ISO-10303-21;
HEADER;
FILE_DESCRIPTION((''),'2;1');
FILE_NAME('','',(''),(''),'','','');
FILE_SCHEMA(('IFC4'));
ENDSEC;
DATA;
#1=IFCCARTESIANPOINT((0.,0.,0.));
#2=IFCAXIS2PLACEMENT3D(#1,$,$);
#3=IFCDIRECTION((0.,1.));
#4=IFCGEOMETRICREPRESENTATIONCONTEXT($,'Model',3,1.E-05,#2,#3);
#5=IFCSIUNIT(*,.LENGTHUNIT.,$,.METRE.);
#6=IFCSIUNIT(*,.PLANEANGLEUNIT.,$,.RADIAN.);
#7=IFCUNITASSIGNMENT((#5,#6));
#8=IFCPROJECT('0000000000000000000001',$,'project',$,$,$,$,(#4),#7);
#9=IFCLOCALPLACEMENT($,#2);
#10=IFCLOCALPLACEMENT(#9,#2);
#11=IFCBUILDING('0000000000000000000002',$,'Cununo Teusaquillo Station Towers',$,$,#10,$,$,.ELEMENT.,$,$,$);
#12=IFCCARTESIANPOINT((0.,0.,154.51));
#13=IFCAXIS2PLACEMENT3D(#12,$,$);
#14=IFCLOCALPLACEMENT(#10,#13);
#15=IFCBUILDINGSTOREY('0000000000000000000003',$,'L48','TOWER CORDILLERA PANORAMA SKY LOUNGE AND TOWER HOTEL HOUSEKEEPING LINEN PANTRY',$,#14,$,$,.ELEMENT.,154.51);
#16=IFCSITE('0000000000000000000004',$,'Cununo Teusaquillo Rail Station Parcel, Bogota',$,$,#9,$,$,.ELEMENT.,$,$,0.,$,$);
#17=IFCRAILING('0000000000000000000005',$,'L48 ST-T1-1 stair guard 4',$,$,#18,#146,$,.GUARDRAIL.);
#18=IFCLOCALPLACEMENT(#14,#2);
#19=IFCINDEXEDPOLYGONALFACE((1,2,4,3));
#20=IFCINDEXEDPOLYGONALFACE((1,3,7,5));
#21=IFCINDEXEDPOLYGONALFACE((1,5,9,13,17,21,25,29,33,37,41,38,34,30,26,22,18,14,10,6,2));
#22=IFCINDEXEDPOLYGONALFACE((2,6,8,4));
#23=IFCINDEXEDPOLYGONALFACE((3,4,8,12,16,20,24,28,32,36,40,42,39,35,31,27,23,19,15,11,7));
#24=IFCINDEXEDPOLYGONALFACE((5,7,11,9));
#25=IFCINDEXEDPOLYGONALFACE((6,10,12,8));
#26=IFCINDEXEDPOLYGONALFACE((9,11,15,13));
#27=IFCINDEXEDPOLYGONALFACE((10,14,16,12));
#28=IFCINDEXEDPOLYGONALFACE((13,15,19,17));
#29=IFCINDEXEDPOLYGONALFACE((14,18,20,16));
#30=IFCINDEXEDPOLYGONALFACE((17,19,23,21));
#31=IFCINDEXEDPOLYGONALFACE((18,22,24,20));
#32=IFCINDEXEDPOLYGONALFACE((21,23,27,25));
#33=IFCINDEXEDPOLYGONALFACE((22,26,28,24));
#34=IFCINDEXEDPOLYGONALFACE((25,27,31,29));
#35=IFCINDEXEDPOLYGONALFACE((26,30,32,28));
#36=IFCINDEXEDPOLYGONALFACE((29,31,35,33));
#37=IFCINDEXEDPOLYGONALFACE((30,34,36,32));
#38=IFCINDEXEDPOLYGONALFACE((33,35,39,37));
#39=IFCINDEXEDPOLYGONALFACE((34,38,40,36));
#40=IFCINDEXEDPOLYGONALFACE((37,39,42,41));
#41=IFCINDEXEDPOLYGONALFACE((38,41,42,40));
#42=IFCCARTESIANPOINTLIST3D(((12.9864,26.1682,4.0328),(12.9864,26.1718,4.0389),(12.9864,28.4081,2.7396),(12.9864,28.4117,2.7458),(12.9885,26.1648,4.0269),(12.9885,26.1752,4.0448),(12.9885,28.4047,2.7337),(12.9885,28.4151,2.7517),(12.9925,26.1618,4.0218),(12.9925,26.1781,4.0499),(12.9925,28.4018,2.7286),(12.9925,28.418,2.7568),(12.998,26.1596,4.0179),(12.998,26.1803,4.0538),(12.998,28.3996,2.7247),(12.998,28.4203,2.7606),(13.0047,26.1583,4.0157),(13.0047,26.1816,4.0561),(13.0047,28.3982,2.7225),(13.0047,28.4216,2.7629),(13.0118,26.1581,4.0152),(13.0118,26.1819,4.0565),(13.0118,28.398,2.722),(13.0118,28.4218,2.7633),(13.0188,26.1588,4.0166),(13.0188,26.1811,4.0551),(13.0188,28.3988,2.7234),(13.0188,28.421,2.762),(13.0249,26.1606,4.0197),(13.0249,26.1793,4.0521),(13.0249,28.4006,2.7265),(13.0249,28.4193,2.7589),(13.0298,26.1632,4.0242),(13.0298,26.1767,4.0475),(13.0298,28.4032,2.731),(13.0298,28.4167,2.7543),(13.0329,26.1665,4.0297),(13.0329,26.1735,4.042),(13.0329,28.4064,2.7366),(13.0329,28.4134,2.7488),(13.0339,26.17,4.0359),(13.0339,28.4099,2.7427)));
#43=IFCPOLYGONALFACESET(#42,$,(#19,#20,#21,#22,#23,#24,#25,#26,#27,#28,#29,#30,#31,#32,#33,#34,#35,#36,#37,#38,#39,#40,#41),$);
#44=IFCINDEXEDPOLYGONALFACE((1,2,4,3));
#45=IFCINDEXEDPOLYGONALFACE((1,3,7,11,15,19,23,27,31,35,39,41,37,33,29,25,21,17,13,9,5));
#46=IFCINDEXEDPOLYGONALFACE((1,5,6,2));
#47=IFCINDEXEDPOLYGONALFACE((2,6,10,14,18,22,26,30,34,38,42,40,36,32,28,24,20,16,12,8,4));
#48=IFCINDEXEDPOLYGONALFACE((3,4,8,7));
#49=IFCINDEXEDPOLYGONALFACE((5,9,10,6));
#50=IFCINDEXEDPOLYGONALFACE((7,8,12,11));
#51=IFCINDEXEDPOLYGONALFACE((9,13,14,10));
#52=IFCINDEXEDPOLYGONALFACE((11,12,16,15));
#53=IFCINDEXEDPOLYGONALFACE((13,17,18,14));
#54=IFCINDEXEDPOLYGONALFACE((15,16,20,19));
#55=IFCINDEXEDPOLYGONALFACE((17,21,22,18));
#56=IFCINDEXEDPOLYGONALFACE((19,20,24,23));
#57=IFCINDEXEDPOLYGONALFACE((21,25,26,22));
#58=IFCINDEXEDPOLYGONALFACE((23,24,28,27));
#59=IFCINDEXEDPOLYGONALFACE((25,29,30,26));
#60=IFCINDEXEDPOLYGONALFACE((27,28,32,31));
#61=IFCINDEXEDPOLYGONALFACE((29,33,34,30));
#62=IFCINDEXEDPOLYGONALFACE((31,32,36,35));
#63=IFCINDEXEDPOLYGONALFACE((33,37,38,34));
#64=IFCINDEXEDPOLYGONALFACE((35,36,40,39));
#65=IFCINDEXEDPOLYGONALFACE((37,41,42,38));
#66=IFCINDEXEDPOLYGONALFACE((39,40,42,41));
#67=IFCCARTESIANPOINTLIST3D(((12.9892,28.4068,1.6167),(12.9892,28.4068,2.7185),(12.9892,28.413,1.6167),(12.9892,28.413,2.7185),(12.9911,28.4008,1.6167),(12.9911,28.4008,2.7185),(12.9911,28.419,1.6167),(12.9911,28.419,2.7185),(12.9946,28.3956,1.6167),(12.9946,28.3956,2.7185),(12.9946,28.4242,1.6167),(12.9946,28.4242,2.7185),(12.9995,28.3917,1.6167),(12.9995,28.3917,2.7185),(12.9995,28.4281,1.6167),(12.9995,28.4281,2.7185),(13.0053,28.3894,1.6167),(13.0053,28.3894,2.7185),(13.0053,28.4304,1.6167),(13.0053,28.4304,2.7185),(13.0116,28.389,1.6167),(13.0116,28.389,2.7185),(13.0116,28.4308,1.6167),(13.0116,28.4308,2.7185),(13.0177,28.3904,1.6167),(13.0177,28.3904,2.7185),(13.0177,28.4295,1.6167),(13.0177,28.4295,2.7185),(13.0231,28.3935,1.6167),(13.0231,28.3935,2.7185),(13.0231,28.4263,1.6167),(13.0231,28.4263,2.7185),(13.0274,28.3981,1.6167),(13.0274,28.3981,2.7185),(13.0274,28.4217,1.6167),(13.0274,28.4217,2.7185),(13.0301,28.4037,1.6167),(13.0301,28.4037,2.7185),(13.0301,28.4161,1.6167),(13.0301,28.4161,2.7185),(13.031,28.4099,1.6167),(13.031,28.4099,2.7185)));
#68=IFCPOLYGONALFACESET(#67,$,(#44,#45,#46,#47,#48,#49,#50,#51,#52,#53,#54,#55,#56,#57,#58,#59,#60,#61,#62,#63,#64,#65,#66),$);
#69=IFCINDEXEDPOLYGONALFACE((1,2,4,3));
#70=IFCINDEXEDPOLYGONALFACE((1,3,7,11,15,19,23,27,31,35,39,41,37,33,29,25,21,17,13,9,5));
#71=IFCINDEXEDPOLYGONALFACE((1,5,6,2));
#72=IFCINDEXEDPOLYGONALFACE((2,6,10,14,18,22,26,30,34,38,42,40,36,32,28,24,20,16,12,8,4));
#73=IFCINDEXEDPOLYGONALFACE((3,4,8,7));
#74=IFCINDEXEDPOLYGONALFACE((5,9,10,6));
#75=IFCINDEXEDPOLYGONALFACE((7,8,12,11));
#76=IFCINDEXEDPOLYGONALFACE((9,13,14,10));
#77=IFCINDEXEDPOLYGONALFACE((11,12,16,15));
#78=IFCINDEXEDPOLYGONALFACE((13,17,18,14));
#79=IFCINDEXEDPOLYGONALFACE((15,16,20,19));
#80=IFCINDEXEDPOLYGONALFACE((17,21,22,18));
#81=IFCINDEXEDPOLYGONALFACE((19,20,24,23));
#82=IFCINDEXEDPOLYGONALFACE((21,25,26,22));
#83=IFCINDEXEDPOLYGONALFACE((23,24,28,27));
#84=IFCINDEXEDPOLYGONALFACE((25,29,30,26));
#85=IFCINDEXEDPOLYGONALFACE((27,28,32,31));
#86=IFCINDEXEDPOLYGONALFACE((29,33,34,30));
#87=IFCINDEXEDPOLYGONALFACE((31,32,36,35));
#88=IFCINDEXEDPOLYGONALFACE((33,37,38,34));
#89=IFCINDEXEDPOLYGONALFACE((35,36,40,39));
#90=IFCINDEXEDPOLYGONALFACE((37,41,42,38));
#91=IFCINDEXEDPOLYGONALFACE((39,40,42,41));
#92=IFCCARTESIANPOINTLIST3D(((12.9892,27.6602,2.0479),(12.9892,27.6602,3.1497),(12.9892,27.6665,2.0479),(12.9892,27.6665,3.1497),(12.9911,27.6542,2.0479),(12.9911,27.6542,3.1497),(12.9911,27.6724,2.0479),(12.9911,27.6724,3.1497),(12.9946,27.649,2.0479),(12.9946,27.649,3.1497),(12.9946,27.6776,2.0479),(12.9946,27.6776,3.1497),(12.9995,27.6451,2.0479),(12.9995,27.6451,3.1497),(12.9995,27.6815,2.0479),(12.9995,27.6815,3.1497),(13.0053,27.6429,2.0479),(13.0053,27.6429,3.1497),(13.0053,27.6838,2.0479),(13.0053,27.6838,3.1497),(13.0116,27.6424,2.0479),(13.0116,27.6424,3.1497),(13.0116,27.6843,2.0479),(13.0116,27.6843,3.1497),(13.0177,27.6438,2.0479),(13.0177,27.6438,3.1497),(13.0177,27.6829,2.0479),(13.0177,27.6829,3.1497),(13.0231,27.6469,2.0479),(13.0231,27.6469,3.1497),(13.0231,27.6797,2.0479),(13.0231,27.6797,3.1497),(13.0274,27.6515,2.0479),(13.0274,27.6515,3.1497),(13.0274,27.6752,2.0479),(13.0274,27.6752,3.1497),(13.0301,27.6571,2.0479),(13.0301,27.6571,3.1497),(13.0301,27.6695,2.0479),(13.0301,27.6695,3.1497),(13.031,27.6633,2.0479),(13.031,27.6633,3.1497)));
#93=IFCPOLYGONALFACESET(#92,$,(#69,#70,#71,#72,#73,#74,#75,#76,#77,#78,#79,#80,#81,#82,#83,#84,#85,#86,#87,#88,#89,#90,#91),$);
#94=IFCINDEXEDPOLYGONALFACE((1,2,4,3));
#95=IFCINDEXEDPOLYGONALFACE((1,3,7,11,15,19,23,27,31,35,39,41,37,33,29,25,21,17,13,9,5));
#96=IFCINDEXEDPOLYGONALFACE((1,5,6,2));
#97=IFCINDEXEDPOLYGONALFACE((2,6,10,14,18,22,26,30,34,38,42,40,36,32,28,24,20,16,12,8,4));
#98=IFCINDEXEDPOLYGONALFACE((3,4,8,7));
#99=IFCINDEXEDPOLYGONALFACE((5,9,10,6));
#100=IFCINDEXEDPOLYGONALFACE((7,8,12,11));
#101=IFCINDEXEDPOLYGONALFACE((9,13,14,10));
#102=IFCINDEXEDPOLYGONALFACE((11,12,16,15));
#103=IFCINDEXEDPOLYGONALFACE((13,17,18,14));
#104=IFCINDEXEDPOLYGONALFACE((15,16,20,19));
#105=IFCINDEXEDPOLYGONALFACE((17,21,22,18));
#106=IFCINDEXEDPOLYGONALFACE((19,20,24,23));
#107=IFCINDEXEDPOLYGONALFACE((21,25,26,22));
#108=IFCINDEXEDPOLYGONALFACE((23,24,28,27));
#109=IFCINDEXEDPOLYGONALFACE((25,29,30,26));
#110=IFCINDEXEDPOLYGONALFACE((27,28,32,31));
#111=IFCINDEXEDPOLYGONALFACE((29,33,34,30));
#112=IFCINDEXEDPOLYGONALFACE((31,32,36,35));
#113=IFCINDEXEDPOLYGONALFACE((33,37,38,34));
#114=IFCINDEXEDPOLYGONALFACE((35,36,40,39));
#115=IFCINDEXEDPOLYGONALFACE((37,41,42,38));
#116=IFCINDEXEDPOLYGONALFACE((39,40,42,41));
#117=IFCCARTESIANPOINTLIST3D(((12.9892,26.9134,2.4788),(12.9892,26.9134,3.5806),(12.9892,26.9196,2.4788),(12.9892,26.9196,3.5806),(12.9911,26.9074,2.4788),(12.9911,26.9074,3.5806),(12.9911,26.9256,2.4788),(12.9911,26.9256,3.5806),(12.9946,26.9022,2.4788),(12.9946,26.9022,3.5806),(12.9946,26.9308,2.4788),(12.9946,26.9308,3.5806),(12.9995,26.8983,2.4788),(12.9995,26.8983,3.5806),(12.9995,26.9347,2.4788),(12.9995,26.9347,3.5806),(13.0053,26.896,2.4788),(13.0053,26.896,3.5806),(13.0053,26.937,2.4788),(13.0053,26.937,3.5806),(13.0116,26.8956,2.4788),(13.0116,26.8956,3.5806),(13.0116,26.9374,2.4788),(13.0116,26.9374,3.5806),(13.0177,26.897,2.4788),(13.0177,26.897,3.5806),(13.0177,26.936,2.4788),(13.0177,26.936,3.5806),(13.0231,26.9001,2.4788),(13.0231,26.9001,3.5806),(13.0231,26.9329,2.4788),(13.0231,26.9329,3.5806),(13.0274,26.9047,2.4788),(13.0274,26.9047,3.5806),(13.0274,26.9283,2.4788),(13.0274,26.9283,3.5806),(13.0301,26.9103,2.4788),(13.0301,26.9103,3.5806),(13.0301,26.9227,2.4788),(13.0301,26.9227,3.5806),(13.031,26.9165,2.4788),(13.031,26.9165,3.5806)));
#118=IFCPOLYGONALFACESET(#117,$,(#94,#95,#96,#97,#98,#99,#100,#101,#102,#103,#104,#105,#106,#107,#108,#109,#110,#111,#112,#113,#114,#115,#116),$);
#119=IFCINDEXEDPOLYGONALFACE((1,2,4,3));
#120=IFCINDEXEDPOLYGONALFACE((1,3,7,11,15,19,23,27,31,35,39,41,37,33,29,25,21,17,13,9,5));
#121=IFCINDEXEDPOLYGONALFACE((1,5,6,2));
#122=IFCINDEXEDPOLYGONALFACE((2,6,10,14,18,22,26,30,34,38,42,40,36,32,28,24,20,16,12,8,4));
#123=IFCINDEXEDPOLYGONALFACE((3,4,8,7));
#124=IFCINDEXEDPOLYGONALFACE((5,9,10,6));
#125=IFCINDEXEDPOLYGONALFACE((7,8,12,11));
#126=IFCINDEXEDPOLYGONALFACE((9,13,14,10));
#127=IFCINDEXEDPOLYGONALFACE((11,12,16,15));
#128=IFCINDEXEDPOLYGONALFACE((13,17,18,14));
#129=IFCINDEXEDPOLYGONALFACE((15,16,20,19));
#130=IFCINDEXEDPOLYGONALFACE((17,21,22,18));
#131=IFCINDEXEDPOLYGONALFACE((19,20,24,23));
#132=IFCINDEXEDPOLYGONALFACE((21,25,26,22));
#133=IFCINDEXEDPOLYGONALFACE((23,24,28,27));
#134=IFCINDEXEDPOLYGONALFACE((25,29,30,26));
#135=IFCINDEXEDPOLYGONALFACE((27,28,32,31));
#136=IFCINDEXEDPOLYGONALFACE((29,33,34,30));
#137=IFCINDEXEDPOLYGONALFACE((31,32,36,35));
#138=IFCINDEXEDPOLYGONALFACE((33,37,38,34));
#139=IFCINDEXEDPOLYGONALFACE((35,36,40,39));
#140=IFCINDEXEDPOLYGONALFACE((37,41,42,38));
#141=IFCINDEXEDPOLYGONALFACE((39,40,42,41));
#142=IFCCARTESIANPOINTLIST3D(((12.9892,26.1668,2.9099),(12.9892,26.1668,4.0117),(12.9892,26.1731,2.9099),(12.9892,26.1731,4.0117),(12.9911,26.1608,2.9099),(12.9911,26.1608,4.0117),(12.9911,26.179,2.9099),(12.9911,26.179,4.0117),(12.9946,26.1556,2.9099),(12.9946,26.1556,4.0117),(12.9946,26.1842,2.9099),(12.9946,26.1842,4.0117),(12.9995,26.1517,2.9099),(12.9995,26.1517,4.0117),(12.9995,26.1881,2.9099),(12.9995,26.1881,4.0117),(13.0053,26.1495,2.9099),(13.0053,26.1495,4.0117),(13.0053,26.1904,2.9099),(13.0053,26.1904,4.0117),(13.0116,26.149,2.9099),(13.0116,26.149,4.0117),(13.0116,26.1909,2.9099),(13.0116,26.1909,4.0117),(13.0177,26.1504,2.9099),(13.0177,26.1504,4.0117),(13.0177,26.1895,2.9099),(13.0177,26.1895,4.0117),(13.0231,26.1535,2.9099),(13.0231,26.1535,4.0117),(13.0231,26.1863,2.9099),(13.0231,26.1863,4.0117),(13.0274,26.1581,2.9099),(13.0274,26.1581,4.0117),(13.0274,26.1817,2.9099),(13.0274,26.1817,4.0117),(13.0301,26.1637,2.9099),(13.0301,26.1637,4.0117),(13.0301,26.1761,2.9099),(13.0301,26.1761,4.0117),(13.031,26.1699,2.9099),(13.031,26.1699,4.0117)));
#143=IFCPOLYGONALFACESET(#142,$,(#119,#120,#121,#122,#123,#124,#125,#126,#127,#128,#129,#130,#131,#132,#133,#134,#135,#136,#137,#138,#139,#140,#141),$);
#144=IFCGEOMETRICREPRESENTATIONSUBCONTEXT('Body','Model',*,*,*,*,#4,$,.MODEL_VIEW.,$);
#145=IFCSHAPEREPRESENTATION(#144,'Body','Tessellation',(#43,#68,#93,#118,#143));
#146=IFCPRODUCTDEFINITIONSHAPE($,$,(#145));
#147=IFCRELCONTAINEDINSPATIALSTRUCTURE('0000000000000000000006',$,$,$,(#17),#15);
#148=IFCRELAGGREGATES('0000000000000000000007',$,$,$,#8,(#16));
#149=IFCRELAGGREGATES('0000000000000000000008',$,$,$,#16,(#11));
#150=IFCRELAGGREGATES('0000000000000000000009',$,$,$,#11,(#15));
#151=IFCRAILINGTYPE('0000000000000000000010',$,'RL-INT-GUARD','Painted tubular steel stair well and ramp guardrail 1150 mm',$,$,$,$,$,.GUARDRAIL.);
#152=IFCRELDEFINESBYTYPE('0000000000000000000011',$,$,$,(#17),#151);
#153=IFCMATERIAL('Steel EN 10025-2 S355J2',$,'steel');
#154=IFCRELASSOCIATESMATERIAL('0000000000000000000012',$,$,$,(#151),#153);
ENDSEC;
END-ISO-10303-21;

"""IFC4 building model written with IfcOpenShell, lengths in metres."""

from ifc_helpers import new_model, si_unit, direction, frame, origin, origin_2d, place, context, subcontext, project, spatial, circle, extrude, material, type_object, element, save


model = new_model("IFC4")

# Units and contexts
model_context = context("Model", 3, precision=1e-05, world=origin(), true_north=direction((0.0, 1.0)))
body_context = subcontext(model_context, "Body", "Model", "MODEL_VIEW")
ifc_project = project(units=[si_unit("LENGTHUNIT", "METRE"), si_unit("PLANEANGLEUNIT", "RADIAN")], contexts=[model_context])

# Site, building, storey
site_placement = place(None, origin())
site = spatial("IfcSite", under=ifc_project, at=site_placement, Name="Cununo Teusaquillo Rail Station Parcel, Bogota", CompositionType="ELEMENT", RefElevation=0.0)
building_placement = place(site_placement, origin())
building = spatial("IfcBuilding", under=site, at=building_placement, Name="Cununo Teusaquillo Station Towers", CompositionType="ELEMENT")
storey_placement = place(building_placement, frame((0.0, 0.0, 154.51)))
storey = spatial("IfcBuildingStorey", under=building, at=storey_placement, Name="L48", Description="TOWER CORDILLERA PANORAMA SKY LOUNGE AND TOWER HOTEL HOUSEKEEPING LINEN PANTRY", CompositionType="ELEMENT", Elevation=154.51)

# Railing
ifc_material_1 = material(Name="Steel EN 10025-2 S355J2", Category="steel")
railing_type_1 = type_object("IfcRailingType", Name="RL-INT-GUARD", Description="Painted tubular steel stair well and ramp guardrail 1150 mm", PredefinedType="GUARDRAIL", material=ifc_material_1)
railing_1_placement = place(storey_placement, frame((13.01, 28.4099, 1.6167)))
element("IfcRailing", 1, at=railing_1_placement, inside=storey, type_object=railing_type_1, Name="L48 ST-T1-1 stair guard 4", PredefinedType="GUARDRAIL", context=body_context, shape_type="SweptSolid", body=[
    extrude(circle(Radius=0.0239, at=origin_2d()), frame((0.0, 0.0, 1.126), z_axis=(0.0, -0.866033, 0.499987), x_axis=(1.0, 0.0, 0.0)), (0.0, 0.0, 1.0), 2.5864),
    extrude(circle(Radius=0.021, at=origin_2d()), origin(), (0.0, 0.0, 1.0), 1.1018),
    extrude(circle(Radius=0.021, at=origin_2d()), frame((0.0, -0.7466, 0.4312)), (0.0, 0.0, 1.0), 1.1018),
    extrude(circle(Radius=0.021, at=origin_2d()), frame((0.0, -1.4934, 0.8621)), (0.0, 0.0, 1.0), 1.1018),
    extrude(circle(Radius=0.021, at=origin_2d()), frame((0.0, -2.24, 1.2932)), (0.0, 0.0, 1.0), 1.1018),
])

save(model, "model.ifc")
